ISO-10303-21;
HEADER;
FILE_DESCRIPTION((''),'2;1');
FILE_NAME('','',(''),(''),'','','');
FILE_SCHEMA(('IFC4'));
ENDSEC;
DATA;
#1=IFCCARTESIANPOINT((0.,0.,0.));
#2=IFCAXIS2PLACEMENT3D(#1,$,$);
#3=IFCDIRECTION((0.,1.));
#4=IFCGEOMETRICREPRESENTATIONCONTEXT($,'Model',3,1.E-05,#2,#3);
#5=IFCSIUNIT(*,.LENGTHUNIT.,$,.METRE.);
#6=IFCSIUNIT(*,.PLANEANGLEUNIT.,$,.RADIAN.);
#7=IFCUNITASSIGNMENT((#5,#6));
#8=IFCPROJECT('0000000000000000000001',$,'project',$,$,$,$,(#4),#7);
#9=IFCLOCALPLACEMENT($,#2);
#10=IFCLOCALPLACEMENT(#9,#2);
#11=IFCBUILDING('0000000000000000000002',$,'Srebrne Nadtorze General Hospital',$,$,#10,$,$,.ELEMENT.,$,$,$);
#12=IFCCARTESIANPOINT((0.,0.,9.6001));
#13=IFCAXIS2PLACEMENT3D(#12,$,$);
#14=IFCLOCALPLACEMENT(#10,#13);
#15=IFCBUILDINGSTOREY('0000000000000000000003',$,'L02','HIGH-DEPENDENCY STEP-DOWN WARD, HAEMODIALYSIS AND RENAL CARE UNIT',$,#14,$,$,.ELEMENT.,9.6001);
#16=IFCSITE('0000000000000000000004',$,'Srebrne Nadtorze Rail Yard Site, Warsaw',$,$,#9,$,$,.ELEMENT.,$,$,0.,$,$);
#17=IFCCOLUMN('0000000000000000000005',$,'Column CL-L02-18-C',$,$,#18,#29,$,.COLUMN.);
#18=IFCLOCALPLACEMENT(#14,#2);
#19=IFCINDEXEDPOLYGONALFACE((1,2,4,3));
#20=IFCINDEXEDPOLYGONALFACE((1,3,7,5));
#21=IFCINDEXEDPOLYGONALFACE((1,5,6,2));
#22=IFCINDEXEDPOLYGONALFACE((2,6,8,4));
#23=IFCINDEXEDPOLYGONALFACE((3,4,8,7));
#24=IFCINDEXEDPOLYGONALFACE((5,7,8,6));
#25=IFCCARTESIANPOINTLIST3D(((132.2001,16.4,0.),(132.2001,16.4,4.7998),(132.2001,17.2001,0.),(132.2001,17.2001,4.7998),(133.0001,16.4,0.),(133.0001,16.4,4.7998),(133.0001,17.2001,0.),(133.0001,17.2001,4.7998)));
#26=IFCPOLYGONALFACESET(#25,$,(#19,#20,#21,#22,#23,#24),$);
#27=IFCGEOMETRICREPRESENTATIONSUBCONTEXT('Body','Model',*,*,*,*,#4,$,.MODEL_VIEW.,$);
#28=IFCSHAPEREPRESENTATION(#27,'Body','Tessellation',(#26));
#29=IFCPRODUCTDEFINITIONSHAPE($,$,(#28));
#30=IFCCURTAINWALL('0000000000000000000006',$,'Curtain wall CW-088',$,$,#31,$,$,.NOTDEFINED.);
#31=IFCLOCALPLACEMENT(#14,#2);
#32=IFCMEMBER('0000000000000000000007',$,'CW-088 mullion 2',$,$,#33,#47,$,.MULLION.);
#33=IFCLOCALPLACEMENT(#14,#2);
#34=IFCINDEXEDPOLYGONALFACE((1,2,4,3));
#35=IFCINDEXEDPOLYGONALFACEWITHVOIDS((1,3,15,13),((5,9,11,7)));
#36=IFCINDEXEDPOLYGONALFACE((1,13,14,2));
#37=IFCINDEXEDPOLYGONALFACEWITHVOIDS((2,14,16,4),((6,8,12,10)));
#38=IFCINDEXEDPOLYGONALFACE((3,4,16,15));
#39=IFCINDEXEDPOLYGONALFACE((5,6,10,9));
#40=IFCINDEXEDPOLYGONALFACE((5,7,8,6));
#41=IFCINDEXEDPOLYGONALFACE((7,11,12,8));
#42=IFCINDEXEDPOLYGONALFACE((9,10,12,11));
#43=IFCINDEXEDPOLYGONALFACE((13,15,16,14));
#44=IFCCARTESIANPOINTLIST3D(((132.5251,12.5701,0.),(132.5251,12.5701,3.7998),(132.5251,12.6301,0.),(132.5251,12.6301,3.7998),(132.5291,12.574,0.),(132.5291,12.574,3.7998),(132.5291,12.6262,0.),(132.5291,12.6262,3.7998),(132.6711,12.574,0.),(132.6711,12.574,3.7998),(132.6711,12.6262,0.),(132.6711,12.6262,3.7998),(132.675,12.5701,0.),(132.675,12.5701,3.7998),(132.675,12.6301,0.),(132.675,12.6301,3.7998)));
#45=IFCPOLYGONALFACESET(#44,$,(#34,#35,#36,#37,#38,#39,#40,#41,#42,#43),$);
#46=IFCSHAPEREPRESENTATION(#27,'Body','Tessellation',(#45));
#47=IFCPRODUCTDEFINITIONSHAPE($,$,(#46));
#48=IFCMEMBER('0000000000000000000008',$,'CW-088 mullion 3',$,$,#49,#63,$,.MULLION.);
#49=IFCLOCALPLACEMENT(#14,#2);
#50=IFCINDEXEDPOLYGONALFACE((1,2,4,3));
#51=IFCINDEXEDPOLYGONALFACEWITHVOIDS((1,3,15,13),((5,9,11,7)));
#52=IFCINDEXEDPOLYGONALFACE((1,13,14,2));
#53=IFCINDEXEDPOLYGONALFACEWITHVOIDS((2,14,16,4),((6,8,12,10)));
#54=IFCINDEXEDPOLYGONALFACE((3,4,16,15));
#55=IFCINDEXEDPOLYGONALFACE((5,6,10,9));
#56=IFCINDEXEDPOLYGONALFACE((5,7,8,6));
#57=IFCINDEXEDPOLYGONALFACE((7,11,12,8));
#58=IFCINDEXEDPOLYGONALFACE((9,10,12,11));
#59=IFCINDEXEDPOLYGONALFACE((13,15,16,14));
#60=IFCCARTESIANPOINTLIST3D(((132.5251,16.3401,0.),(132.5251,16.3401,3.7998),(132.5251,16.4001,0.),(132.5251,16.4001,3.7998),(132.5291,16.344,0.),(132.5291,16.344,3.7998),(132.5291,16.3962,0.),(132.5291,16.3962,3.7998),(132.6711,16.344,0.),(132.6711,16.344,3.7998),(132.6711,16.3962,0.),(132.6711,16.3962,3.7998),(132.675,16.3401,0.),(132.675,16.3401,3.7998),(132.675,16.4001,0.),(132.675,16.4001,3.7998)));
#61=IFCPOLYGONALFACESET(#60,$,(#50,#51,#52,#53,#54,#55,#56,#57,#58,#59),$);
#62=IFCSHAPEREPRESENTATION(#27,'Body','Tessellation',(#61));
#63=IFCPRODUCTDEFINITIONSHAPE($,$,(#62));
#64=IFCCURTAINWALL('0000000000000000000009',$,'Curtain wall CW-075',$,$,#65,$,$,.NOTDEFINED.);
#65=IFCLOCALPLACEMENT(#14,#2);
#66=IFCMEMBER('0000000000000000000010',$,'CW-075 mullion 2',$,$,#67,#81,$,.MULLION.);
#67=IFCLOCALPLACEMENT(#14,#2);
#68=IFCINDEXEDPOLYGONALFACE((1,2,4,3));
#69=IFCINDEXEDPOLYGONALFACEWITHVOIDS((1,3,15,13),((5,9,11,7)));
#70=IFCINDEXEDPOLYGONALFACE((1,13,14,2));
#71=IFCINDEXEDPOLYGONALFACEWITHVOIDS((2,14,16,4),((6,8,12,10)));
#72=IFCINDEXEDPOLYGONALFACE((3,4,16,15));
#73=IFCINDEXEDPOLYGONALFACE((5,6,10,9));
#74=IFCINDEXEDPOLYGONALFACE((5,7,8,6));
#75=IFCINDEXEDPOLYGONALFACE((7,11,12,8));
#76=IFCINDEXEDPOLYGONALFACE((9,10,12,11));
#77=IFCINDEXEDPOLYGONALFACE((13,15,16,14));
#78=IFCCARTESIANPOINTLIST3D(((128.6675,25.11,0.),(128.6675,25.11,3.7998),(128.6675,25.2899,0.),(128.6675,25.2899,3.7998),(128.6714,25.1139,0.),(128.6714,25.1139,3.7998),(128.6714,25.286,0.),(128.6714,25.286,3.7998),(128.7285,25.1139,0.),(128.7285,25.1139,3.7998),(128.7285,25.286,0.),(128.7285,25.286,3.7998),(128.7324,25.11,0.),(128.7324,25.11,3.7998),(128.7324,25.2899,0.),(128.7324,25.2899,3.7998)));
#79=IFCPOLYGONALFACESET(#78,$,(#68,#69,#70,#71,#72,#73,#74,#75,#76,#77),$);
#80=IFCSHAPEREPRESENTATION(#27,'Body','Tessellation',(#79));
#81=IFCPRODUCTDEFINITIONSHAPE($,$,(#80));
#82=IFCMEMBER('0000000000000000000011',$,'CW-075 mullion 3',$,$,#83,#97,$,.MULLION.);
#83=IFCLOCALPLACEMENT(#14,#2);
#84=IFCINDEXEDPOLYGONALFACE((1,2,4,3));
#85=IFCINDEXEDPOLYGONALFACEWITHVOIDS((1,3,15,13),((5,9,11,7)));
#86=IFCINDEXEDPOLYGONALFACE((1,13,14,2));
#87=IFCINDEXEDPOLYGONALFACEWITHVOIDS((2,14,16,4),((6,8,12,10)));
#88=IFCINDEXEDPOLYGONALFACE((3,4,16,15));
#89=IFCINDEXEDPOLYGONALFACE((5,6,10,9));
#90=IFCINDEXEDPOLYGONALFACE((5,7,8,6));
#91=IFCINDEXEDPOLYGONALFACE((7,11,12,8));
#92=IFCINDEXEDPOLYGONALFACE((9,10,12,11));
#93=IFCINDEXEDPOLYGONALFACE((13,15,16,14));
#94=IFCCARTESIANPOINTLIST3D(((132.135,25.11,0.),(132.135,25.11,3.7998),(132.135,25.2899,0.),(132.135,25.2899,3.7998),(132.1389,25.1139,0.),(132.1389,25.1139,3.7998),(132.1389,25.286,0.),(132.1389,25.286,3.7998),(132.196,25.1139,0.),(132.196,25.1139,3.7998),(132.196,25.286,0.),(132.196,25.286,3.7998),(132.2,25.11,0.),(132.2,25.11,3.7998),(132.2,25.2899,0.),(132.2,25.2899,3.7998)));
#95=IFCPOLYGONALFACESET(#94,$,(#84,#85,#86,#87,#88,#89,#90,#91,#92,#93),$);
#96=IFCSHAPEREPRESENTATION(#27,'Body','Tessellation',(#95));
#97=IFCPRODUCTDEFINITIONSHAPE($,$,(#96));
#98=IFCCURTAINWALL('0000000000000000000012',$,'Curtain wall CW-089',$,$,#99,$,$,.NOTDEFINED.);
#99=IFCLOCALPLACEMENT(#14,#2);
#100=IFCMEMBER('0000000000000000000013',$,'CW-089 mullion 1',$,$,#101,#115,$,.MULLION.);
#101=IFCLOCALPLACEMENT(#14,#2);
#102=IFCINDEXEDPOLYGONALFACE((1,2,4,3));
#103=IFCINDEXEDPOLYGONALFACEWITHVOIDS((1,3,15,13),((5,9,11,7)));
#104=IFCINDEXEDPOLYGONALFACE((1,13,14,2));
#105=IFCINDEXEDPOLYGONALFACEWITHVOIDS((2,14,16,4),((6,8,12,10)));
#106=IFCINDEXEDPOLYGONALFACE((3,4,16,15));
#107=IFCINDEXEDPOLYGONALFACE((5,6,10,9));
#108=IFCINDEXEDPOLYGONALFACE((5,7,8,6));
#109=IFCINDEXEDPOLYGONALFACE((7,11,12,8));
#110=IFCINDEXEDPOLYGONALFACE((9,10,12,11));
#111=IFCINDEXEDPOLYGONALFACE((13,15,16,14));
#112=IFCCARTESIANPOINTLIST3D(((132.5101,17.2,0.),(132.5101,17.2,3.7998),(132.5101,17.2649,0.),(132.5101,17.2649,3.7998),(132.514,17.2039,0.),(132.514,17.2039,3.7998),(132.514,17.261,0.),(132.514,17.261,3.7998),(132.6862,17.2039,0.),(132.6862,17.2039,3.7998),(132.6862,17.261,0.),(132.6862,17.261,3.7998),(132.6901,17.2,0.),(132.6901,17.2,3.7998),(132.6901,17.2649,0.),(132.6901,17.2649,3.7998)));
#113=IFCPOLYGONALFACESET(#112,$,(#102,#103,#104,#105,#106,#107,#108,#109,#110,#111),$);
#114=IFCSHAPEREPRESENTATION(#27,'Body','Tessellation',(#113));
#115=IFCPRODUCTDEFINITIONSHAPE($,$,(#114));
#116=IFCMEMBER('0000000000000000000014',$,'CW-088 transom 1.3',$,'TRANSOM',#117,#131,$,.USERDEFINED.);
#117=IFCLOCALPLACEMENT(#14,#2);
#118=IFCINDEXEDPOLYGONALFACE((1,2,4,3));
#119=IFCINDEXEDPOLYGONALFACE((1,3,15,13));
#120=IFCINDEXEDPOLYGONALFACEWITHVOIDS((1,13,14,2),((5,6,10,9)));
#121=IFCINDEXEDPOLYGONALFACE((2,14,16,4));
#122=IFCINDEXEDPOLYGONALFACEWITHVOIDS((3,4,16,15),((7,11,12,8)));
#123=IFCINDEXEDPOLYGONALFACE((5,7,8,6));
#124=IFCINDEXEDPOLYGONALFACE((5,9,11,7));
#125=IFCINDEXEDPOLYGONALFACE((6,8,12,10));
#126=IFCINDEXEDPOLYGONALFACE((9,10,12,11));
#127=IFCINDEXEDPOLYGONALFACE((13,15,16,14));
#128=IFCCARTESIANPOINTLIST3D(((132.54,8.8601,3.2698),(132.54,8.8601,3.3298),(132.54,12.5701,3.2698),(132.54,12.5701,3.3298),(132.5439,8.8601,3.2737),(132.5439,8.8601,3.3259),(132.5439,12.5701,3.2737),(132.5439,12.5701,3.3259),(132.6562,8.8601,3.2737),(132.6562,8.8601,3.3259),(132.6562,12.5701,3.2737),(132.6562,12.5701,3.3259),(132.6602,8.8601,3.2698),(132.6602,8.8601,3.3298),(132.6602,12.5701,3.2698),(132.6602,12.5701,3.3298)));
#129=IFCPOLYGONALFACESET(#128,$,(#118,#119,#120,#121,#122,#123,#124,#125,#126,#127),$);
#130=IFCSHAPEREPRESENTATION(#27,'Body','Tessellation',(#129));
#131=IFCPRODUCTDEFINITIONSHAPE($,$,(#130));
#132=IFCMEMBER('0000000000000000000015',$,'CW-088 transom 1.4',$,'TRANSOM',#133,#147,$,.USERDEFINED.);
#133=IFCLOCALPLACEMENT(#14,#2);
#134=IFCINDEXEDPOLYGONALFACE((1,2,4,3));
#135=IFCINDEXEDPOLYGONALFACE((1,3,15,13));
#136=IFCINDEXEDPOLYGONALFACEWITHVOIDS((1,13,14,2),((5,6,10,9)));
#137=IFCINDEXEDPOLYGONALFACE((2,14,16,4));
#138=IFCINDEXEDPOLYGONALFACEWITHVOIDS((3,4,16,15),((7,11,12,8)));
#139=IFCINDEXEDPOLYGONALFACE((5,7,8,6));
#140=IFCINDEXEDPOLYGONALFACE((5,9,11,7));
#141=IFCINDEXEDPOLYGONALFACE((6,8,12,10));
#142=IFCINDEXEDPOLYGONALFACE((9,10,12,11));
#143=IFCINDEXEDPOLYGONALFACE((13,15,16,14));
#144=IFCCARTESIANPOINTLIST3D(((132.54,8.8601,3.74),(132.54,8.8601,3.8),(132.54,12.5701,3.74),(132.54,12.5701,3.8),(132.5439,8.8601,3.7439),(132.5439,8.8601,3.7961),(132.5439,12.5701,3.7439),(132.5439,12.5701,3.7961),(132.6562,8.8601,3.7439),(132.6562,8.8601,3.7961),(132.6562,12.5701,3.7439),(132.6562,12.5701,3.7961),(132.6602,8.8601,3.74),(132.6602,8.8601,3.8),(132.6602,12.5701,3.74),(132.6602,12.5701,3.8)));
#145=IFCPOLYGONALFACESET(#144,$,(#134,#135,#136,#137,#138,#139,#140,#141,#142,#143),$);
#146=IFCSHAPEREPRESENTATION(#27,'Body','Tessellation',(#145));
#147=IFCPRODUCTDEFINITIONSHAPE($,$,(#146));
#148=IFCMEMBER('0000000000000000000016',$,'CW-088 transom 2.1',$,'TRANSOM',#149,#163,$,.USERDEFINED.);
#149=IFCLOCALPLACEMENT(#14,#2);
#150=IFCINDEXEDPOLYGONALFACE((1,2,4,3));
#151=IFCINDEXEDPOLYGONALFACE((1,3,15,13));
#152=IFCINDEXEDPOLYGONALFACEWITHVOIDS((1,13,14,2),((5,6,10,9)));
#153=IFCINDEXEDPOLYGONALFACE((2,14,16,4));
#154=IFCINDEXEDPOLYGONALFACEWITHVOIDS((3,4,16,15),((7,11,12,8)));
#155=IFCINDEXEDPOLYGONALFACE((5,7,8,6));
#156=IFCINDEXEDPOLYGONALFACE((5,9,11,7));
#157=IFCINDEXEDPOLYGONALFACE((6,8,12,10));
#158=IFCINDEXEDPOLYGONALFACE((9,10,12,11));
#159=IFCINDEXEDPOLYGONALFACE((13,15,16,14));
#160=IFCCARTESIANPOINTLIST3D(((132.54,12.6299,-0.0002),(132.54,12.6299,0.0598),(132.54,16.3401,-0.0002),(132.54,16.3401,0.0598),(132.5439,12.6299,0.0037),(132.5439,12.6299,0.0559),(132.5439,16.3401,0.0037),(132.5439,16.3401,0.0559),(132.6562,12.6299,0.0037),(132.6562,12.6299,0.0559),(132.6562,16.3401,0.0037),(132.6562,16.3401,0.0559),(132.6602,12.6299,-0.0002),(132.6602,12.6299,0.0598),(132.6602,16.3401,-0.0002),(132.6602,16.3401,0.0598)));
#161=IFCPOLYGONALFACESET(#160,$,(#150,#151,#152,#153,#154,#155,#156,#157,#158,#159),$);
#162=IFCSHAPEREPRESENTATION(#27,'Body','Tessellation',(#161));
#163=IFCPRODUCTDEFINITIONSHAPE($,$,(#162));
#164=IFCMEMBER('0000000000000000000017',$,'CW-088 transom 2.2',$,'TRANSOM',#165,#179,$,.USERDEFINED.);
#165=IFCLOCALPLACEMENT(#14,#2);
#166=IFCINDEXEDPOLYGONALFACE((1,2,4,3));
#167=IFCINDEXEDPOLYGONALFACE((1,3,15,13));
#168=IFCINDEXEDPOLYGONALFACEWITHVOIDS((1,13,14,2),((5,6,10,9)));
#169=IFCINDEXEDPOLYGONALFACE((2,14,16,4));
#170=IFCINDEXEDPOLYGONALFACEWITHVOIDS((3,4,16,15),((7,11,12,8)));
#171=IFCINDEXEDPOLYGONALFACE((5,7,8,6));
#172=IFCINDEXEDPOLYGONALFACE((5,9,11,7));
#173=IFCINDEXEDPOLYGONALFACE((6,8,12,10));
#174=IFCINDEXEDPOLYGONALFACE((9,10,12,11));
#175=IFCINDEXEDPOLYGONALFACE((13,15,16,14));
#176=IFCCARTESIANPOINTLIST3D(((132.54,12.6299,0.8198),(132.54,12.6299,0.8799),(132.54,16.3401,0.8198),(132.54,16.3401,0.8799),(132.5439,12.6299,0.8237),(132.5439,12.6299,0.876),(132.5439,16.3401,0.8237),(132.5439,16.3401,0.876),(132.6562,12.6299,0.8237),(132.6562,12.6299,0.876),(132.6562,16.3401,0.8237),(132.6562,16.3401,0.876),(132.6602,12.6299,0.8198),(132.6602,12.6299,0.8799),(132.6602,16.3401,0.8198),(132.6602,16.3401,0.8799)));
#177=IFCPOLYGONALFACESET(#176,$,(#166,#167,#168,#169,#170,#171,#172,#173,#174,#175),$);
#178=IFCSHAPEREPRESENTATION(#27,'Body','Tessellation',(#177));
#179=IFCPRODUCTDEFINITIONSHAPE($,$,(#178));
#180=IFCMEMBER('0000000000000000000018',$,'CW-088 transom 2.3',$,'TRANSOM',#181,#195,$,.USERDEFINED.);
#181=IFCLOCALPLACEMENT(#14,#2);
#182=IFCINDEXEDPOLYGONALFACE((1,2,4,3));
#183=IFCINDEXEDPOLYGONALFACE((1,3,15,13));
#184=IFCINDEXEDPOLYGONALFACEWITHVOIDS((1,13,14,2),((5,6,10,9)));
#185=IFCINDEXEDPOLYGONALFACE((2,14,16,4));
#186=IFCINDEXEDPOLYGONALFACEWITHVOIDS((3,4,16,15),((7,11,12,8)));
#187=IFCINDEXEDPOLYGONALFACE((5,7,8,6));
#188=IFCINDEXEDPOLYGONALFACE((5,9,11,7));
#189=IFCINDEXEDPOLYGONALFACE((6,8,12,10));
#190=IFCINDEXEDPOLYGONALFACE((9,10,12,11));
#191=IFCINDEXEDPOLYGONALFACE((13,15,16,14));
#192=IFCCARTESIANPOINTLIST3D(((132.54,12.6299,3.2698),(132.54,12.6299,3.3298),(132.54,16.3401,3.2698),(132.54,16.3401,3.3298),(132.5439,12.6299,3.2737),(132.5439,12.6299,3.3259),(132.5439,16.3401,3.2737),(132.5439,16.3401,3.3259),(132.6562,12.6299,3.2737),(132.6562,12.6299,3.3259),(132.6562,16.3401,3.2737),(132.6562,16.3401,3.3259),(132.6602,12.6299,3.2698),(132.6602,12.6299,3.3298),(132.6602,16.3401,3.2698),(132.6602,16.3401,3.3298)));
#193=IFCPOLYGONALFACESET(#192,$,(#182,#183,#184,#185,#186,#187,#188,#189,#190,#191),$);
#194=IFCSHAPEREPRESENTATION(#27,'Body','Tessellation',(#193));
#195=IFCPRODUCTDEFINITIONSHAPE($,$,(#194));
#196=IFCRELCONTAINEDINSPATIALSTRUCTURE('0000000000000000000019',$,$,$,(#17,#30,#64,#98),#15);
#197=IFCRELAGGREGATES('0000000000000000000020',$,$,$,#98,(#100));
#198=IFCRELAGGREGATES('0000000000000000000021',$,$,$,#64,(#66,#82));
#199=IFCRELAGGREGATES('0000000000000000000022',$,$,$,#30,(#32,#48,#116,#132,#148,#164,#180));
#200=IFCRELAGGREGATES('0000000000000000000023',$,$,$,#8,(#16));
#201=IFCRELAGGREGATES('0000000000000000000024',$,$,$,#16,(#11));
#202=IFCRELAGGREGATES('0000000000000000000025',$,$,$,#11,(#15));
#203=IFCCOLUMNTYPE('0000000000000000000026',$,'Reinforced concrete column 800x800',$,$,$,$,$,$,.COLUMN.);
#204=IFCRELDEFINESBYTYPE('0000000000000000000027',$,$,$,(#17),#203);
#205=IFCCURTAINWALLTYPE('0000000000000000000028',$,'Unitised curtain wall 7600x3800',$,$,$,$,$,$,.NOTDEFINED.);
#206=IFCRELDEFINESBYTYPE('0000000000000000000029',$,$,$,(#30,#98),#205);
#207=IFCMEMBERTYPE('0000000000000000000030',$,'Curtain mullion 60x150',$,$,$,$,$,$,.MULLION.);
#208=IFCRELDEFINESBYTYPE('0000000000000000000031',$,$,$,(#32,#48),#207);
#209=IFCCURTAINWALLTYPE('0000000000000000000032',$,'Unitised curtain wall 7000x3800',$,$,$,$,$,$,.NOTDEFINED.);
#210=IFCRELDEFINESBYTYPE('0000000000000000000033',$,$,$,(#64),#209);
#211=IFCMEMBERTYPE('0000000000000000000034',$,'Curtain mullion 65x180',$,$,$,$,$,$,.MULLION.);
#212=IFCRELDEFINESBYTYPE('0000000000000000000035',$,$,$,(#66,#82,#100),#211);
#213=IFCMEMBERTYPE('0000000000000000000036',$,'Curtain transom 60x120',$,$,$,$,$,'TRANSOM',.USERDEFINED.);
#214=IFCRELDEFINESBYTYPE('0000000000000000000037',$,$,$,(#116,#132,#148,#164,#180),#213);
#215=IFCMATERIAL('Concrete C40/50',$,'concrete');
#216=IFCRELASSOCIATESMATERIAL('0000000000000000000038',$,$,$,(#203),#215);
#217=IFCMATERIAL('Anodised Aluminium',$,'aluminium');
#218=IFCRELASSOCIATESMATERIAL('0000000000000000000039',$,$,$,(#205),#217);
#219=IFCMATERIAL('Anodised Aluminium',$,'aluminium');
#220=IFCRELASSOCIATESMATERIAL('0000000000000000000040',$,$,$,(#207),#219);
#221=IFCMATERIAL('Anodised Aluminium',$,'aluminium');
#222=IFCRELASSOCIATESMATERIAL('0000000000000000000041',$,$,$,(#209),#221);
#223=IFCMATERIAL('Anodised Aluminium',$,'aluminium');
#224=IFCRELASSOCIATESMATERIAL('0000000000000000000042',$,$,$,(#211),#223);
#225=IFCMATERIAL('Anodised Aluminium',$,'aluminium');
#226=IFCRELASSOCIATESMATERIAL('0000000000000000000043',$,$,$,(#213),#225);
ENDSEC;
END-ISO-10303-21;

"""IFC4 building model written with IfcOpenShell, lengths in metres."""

from ifc_helpers import new_model, si_unit, direction, frame, origin, origin_2d, place, context, subcontext, project, spatial, rectangle, hollow_rectangle, extrude, material, material_profile, profile_set, type_object, element, aggregate, save


model = new_model("IFC4")

# Units and contexts
model_context = context("Model", 3, precision=1e-05, world=origin(), true_north=direction((0.0, 1.0)))
body_context = subcontext(model_context, "Body", "Model", "MODEL_VIEW")
ifc_project = project(units=[si_unit("LENGTHUNIT", "METRE"), si_unit("PLANEANGLEUNIT", "RADIAN")], contexts=[model_context])

# Site, building, storey
site_placement = place(None, origin())
site = spatial("IfcSite", under=ifc_project, at=site_placement, Name="Srebrne Nadtorze Rail Yard Site, Warsaw", CompositionType="ELEMENT", RefElevation=0.0)
building_placement = place(site_placement, origin())
building = spatial("IfcBuilding", under=site, at=building_placement, Name="Srebrne Nadtorze General Hospital", CompositionType="ELEMENT")
storey_placement = place(building_placement, frame((0.0, 0.0, 9.6001)))
storey = spatial("IfcBuildingStorey", under=building, at=storey_placement, Name="L02", Description="HIGH-DEPENDENCY STEP-DOWN WARD, HAEMODIALYSIS AND RENAL CARE UNIT", CompositionType="ELEMENT", Elevation=9.6001)

# Column
ifc_material_1 = material(Name="Concrete C40/50", Category="concrete")
ifc_material_profile_1 = material_profile(ifc_material_1, rectangle(XDim=0.8, YDim=0.8, at=origin_2d()), Name="RC-COL-800x800")
ifc_profile_set_1 = profile_set([ifc_material_profile_1], Name="Concrete C40/50")
column_type = type_object("IfcColumnType", Name="Reinforced concrete column 800x800", PredefinedType="COLUMN", material=ifc_profile_set_1)
column_placement = place(storey_placement, frame((132.6001, 16.8, 0.0), z_axis=(0.0, 0.0, 1.0), x_axis=(1.0, 0.0, 0.0)))
element("IfcColumn", 1, at=column_placement, inside=storey, type_object=column_type, Name="Column CL-L02-18-C", PredefinedType="COLUMN", context=body_context, shape_type="SweptSolid", body=[
    extrude(rectangle(XDim=0.8, YDim=0.8, at=origin_2d()), origin(), (0.0, 0.0, 1.0), 4.7998),
])

# Curtain walls, members
ifc_material_2 = material(Name="Anodised Aluminium", Category="aluminium")
curtain_wall_type_1 = type_object("IfcCurtainWallType", Name="Unitised curtain wall 7600x3800", PredefinedType="NOTDEFINED", material=ifc_material_2)
curtain_wall_1_placement = place(storey_placement, origin())
curtain_wall_1 = element("IfcCurtainWall", 2, at=curtain_wall_1_placement, inside=storey, type_object=curtain_wall_type_1, Name="Curtain wall CW-088", PredefinedType="NOTDEFINED")
ifc_material_3 = material(Name="Anodised Aluminium", Category="aluminium")
ifc_material_profile_2 = material_profile(ifc_material_3, hollow_rectangle(XDim=0.0601, YDim=0.1499, WallThickness=0.0039, at=origin_2d()), Name="AL-MUL-60x150")
ifc_profile_set_2 = profile_set([ifc_material_profile_2], Name="Anodised Aluminium")
member_type_1 = type_object("IfcMemberType", Name="Curtain mullion 60x150", PredefinedType="MULLION", material=ifc_profile_set_2)
member_1_placement = place(storey_placement, frame((132.6001, 12.6001, 0.0), z_axis=(0.0, 0.0, 1.0), x_axis=(0.0, 1.0, 0.0)))
member_1 = element("IfcMember", 3, at=member_1_placement, type_object=member_type_1, Name="CW-088 mullion 2", PredefinedType="MULLION", context=body_context, shape_type="SweptSolid", body=[
    extrude(hollow_rectangle(XDim=0.0601, YDim=0.1499, WallThickness=0.0039, at=origin_2d()), origin(), (0.0, 0.0, 1.0), 3.7998),
])
member_2_placement = place(storey_placement, frame((132.6001, 16.3701, 0.0), z_axis=(0.0, 0.0, 1.0), x_axis=(0.0, 1.0, 0.0)))
member_2 = element("IfcMember", 4, at=member_2_placement, type_object=member_type_1, Name="CW-088 mullion 3", PredefinedType="MULLION", context=body_context, shape_type="SweptSolid", body=[
    extrude(hollow_rectangle(XDim=0.0601, YDim=0.1499, WallThickness=0.0039, at=origin_2d()), origin(), (0.0, 0.0, 1.0), 3.7998),
])
ifc_material_4 = material(Name="Anodised Aluminium", Category="aluminium")
curtain_wall_type_2 = type_object("IfcCurtainWallType", Name="Unitised curtain wall 7000x3800", PredefinedType="NOTDEFINED", material=ifc_material_4)
curtain_wall_2_placement = place(storey_placement, origin())
curtain_wall_2 = element("IfcCurtainWall", 5, at=curtain_wall_2_placement, inside=storey, type_object=curtain_wall_type_2, Name="Curtain wall CW-075", PredefinedType="NOTDEFINED")
ifc_material_5 = material(Name="Anodised Aluminium", Category="aluminium")
ifc_material_profile_3 = material_profile(ifc_material_5, hollow_rectangle(XDim=0.0649, YDim=0.1799, WallThickness=0.0039, at=origin_2d()), Name="AL-MUL-65x180")
ifc_profile_set_3 = profile_set([ifc_material_profile_3], Name="Anodised Aluminium")
member_type_2 = type_object("IfcMemberType", Name="Curtain mullion 65x180", PredefinedType="MULLION", material=ifc_profile_set_3)
member_3_placement = place(storey_placement, frame((128.7, 25.2, 0.0), z_axis=(0.0, 0.0, 1.0), x_axis=(1.0, 0.0, 0.0)))
member_3 = element("IfcMember", 6, at=member_3_placement, type_object=member_type_2, Name="CW-075 mullion 2", PredefinedType="MULLION", context=body_context, shape_type="SweptSolid", body=[
    extrude(hollow_rectangle(XDim=0.0649, YDim=0.1799, WallThickness=0.0039, at=origin_2d()), origin(), (0.0, 0.0, 1.0), 3.7998),
])
member_4_placement = place(storey_placement, frame((132.1675, 25.2, 0.0), z_axis=(0.0, 0.0, 1.0), x_axis=(1.0, 0.0, 0.0)))
member_4 = element("IfcMember", 7, at=member_4_placement, type_object=member_type_2, Name="CW-075 mullion 3", PredefinedType="MULLION", context=body_context, shape_type="SweptSolid", body=[
    extrude(hollow_rectangle(XDim=0.0649, YDim=0.1799, WallThickness=0.0039, at=origin_2d()), origin(), (0.0, 0.0, 1.0), 3.7998),
])

# Curtain wall, member
curtain_wall_3_placement = place(storey_placement, origin())
curtain_wall_3 = element("IfcCurtainWall", 8, at=curtain_wall_3_placement, inside=storey, type_object=curtain_wall_type_1, Name="Curtain wall CW-089", PredefinedType="NOTDEFINED")
member_5_placement = place(storey_placement, frame((132.6001, 17.2324, 0.0), z_axis=(0.0, 0.0, 1.0), x_axis=(0.0, 1.0, 0.0)))
member_5 = element("IfcMember", 9, at=member_5_placement, type_object=member_type_2, Name="CW-089 mullion 1", PredefinedType="MULLION", context=body_context, shape_type="SweptSolid", body=[
    extrude(hollow_rectangle(XDim=0.0649, YDim=0.1799, WallThickness=0.0039, at=origin_2d()), origin(), (0.0, 0.0, 1.0), 3.7998),
])

# Members
ifc_material_6 = material(Name="Anodised Aluminium", Category="aluminium")
ifc_material_profile_4 = material_profile(ifc_material_6, hollow_rectangle(XDim=0.0601, YDim=0.1201, WallThickness=0.0039, at=origin_2d()), Name="AL-TRN-60x120")
ifc_profile_set_4 = profile_set([ifc_material_profile_4], Name="Anodised Aluminium")
member_type_3 = type_object("IfcMemberType", Name="Curtain transom 60x120", ElementType="TRANSOM", PredefinedType="USERDEFINED", material=ifc_profile_set_4)
member_6_placement = place(storey_placement, frame((132.6001, 8.8601, 3.2998), z_axis=(0.0, 1.0, 0.0), x_axis=(0.0, 0.0, 1.0)))
member_6 = element("IfcMember", 10, at=member_6_placement, type_object=member_type_3, Name="CW-088 transom 1.3", ObjectType="TRANSOM", PredefinedType="USERDEFINED", context=body_context, shape_type="SweptSolid", body=[
    extrude(hollow_rectangle(XDim=0.0601, YDim=0.1201, WallThickness=0.0039, at=origin_2d()), origin(), (0.0, 0.0, 1.0), 3.71),
])
member_7_placement = place(storey_placement, frame((132.6001, 8.8601, 3.77), z_axis=(0.0, 1.0, 0.0), x_axis=(0.0, 0.0, 1.0)))
member_7 = element("IfcMember", 11, at=member_7_placement, type_object=member_type_3, Name="CW-088 transom 1.4", ObjectType="TRANSOM", PredefinedType="USERDEFINED", context=body_context, shape_type="SweptSolid", body=[
    extrude(hollow_rectangle(XDim=0.0601, YDim=0.1201, WallThickness=0.0039, at=origin_2d()), origin(), (0.0, 0.0, 1.0), 3.71),
])
member_8_placement = place(storey_placement, frame((132.6001, 12.6299, 0.0298), z_axis=(0.0, 1.0, 0.0), x_axis=(0.0, 0.0, 1.0)))
member_8 = element("IfcMember", 12, at=member_8_placement, type_object=member_type_3, Name="CW-088 transom 2.1", ObjectType="TRANSOM", PredefinedType="USERDEFINED", context=body_context, shape_type="SweptSolid", body=[
    extrude(hollow_rectangle(XDim=0.0601, YDim=0.1201, WallThickness=0.0039, at=origin_2d()), origin(), (0.0, 0.0, 1.0), 3.7102),
])
member_9_placement = place(storey_placement, frame((132.6001, 12.6299, 0.8499), z_axis=(0.0, 1.0, 0.0), x_axis=(0.0, 0.0, 1.0)))
member_9 = element("IfcMember", 13, at=member_9_placement, type_object=member_type_3, Name="CW-088 transom 2.2", ObjectType="TRANSOM", PredefinedType="USERDEFINED", context=body_context, shape_type="SweptSolid", body=[
    extrude(hollow_rectangle(XDim=0.0601, YDim=0.1201, WallThickness=0.0039, at=origin_2d()), origin(), (0.0, 0.0, 1.0), 3.7102),
])
member_10_placement = place(storey_placement, frame((132.6001, 12.6299, 3.2998), z_axis=(0.0, 1.0, 0.0), x_axis=(0.0, 0.0, 1.0)))
member_10 = element("IfcMember", 14, at=member_10_placement, type_object=member_type_3, Name="CW-088 transom 2.3", ObjectType="TRANSOM", PredefinedType="USERDEFINED", context=body_context, shape_type="SweptSolid", body=[
    extrude(hollow_rectangle(XDim=0.0601, YDim=0.1201, WallThickness=0.0039, at=origin_2d()), origin(), (0.0, 0.0, 1.0), 3.7102),
])
aggregate(curtain_wall_3, [member_5])

aggregate(curtain_wall_2, [member_3, member_4])
aggregate(curtain_wall_1, [member_1, member_2, member_6, member_7, member_8, member_9, member_10])

save(model, "model.ifc")
